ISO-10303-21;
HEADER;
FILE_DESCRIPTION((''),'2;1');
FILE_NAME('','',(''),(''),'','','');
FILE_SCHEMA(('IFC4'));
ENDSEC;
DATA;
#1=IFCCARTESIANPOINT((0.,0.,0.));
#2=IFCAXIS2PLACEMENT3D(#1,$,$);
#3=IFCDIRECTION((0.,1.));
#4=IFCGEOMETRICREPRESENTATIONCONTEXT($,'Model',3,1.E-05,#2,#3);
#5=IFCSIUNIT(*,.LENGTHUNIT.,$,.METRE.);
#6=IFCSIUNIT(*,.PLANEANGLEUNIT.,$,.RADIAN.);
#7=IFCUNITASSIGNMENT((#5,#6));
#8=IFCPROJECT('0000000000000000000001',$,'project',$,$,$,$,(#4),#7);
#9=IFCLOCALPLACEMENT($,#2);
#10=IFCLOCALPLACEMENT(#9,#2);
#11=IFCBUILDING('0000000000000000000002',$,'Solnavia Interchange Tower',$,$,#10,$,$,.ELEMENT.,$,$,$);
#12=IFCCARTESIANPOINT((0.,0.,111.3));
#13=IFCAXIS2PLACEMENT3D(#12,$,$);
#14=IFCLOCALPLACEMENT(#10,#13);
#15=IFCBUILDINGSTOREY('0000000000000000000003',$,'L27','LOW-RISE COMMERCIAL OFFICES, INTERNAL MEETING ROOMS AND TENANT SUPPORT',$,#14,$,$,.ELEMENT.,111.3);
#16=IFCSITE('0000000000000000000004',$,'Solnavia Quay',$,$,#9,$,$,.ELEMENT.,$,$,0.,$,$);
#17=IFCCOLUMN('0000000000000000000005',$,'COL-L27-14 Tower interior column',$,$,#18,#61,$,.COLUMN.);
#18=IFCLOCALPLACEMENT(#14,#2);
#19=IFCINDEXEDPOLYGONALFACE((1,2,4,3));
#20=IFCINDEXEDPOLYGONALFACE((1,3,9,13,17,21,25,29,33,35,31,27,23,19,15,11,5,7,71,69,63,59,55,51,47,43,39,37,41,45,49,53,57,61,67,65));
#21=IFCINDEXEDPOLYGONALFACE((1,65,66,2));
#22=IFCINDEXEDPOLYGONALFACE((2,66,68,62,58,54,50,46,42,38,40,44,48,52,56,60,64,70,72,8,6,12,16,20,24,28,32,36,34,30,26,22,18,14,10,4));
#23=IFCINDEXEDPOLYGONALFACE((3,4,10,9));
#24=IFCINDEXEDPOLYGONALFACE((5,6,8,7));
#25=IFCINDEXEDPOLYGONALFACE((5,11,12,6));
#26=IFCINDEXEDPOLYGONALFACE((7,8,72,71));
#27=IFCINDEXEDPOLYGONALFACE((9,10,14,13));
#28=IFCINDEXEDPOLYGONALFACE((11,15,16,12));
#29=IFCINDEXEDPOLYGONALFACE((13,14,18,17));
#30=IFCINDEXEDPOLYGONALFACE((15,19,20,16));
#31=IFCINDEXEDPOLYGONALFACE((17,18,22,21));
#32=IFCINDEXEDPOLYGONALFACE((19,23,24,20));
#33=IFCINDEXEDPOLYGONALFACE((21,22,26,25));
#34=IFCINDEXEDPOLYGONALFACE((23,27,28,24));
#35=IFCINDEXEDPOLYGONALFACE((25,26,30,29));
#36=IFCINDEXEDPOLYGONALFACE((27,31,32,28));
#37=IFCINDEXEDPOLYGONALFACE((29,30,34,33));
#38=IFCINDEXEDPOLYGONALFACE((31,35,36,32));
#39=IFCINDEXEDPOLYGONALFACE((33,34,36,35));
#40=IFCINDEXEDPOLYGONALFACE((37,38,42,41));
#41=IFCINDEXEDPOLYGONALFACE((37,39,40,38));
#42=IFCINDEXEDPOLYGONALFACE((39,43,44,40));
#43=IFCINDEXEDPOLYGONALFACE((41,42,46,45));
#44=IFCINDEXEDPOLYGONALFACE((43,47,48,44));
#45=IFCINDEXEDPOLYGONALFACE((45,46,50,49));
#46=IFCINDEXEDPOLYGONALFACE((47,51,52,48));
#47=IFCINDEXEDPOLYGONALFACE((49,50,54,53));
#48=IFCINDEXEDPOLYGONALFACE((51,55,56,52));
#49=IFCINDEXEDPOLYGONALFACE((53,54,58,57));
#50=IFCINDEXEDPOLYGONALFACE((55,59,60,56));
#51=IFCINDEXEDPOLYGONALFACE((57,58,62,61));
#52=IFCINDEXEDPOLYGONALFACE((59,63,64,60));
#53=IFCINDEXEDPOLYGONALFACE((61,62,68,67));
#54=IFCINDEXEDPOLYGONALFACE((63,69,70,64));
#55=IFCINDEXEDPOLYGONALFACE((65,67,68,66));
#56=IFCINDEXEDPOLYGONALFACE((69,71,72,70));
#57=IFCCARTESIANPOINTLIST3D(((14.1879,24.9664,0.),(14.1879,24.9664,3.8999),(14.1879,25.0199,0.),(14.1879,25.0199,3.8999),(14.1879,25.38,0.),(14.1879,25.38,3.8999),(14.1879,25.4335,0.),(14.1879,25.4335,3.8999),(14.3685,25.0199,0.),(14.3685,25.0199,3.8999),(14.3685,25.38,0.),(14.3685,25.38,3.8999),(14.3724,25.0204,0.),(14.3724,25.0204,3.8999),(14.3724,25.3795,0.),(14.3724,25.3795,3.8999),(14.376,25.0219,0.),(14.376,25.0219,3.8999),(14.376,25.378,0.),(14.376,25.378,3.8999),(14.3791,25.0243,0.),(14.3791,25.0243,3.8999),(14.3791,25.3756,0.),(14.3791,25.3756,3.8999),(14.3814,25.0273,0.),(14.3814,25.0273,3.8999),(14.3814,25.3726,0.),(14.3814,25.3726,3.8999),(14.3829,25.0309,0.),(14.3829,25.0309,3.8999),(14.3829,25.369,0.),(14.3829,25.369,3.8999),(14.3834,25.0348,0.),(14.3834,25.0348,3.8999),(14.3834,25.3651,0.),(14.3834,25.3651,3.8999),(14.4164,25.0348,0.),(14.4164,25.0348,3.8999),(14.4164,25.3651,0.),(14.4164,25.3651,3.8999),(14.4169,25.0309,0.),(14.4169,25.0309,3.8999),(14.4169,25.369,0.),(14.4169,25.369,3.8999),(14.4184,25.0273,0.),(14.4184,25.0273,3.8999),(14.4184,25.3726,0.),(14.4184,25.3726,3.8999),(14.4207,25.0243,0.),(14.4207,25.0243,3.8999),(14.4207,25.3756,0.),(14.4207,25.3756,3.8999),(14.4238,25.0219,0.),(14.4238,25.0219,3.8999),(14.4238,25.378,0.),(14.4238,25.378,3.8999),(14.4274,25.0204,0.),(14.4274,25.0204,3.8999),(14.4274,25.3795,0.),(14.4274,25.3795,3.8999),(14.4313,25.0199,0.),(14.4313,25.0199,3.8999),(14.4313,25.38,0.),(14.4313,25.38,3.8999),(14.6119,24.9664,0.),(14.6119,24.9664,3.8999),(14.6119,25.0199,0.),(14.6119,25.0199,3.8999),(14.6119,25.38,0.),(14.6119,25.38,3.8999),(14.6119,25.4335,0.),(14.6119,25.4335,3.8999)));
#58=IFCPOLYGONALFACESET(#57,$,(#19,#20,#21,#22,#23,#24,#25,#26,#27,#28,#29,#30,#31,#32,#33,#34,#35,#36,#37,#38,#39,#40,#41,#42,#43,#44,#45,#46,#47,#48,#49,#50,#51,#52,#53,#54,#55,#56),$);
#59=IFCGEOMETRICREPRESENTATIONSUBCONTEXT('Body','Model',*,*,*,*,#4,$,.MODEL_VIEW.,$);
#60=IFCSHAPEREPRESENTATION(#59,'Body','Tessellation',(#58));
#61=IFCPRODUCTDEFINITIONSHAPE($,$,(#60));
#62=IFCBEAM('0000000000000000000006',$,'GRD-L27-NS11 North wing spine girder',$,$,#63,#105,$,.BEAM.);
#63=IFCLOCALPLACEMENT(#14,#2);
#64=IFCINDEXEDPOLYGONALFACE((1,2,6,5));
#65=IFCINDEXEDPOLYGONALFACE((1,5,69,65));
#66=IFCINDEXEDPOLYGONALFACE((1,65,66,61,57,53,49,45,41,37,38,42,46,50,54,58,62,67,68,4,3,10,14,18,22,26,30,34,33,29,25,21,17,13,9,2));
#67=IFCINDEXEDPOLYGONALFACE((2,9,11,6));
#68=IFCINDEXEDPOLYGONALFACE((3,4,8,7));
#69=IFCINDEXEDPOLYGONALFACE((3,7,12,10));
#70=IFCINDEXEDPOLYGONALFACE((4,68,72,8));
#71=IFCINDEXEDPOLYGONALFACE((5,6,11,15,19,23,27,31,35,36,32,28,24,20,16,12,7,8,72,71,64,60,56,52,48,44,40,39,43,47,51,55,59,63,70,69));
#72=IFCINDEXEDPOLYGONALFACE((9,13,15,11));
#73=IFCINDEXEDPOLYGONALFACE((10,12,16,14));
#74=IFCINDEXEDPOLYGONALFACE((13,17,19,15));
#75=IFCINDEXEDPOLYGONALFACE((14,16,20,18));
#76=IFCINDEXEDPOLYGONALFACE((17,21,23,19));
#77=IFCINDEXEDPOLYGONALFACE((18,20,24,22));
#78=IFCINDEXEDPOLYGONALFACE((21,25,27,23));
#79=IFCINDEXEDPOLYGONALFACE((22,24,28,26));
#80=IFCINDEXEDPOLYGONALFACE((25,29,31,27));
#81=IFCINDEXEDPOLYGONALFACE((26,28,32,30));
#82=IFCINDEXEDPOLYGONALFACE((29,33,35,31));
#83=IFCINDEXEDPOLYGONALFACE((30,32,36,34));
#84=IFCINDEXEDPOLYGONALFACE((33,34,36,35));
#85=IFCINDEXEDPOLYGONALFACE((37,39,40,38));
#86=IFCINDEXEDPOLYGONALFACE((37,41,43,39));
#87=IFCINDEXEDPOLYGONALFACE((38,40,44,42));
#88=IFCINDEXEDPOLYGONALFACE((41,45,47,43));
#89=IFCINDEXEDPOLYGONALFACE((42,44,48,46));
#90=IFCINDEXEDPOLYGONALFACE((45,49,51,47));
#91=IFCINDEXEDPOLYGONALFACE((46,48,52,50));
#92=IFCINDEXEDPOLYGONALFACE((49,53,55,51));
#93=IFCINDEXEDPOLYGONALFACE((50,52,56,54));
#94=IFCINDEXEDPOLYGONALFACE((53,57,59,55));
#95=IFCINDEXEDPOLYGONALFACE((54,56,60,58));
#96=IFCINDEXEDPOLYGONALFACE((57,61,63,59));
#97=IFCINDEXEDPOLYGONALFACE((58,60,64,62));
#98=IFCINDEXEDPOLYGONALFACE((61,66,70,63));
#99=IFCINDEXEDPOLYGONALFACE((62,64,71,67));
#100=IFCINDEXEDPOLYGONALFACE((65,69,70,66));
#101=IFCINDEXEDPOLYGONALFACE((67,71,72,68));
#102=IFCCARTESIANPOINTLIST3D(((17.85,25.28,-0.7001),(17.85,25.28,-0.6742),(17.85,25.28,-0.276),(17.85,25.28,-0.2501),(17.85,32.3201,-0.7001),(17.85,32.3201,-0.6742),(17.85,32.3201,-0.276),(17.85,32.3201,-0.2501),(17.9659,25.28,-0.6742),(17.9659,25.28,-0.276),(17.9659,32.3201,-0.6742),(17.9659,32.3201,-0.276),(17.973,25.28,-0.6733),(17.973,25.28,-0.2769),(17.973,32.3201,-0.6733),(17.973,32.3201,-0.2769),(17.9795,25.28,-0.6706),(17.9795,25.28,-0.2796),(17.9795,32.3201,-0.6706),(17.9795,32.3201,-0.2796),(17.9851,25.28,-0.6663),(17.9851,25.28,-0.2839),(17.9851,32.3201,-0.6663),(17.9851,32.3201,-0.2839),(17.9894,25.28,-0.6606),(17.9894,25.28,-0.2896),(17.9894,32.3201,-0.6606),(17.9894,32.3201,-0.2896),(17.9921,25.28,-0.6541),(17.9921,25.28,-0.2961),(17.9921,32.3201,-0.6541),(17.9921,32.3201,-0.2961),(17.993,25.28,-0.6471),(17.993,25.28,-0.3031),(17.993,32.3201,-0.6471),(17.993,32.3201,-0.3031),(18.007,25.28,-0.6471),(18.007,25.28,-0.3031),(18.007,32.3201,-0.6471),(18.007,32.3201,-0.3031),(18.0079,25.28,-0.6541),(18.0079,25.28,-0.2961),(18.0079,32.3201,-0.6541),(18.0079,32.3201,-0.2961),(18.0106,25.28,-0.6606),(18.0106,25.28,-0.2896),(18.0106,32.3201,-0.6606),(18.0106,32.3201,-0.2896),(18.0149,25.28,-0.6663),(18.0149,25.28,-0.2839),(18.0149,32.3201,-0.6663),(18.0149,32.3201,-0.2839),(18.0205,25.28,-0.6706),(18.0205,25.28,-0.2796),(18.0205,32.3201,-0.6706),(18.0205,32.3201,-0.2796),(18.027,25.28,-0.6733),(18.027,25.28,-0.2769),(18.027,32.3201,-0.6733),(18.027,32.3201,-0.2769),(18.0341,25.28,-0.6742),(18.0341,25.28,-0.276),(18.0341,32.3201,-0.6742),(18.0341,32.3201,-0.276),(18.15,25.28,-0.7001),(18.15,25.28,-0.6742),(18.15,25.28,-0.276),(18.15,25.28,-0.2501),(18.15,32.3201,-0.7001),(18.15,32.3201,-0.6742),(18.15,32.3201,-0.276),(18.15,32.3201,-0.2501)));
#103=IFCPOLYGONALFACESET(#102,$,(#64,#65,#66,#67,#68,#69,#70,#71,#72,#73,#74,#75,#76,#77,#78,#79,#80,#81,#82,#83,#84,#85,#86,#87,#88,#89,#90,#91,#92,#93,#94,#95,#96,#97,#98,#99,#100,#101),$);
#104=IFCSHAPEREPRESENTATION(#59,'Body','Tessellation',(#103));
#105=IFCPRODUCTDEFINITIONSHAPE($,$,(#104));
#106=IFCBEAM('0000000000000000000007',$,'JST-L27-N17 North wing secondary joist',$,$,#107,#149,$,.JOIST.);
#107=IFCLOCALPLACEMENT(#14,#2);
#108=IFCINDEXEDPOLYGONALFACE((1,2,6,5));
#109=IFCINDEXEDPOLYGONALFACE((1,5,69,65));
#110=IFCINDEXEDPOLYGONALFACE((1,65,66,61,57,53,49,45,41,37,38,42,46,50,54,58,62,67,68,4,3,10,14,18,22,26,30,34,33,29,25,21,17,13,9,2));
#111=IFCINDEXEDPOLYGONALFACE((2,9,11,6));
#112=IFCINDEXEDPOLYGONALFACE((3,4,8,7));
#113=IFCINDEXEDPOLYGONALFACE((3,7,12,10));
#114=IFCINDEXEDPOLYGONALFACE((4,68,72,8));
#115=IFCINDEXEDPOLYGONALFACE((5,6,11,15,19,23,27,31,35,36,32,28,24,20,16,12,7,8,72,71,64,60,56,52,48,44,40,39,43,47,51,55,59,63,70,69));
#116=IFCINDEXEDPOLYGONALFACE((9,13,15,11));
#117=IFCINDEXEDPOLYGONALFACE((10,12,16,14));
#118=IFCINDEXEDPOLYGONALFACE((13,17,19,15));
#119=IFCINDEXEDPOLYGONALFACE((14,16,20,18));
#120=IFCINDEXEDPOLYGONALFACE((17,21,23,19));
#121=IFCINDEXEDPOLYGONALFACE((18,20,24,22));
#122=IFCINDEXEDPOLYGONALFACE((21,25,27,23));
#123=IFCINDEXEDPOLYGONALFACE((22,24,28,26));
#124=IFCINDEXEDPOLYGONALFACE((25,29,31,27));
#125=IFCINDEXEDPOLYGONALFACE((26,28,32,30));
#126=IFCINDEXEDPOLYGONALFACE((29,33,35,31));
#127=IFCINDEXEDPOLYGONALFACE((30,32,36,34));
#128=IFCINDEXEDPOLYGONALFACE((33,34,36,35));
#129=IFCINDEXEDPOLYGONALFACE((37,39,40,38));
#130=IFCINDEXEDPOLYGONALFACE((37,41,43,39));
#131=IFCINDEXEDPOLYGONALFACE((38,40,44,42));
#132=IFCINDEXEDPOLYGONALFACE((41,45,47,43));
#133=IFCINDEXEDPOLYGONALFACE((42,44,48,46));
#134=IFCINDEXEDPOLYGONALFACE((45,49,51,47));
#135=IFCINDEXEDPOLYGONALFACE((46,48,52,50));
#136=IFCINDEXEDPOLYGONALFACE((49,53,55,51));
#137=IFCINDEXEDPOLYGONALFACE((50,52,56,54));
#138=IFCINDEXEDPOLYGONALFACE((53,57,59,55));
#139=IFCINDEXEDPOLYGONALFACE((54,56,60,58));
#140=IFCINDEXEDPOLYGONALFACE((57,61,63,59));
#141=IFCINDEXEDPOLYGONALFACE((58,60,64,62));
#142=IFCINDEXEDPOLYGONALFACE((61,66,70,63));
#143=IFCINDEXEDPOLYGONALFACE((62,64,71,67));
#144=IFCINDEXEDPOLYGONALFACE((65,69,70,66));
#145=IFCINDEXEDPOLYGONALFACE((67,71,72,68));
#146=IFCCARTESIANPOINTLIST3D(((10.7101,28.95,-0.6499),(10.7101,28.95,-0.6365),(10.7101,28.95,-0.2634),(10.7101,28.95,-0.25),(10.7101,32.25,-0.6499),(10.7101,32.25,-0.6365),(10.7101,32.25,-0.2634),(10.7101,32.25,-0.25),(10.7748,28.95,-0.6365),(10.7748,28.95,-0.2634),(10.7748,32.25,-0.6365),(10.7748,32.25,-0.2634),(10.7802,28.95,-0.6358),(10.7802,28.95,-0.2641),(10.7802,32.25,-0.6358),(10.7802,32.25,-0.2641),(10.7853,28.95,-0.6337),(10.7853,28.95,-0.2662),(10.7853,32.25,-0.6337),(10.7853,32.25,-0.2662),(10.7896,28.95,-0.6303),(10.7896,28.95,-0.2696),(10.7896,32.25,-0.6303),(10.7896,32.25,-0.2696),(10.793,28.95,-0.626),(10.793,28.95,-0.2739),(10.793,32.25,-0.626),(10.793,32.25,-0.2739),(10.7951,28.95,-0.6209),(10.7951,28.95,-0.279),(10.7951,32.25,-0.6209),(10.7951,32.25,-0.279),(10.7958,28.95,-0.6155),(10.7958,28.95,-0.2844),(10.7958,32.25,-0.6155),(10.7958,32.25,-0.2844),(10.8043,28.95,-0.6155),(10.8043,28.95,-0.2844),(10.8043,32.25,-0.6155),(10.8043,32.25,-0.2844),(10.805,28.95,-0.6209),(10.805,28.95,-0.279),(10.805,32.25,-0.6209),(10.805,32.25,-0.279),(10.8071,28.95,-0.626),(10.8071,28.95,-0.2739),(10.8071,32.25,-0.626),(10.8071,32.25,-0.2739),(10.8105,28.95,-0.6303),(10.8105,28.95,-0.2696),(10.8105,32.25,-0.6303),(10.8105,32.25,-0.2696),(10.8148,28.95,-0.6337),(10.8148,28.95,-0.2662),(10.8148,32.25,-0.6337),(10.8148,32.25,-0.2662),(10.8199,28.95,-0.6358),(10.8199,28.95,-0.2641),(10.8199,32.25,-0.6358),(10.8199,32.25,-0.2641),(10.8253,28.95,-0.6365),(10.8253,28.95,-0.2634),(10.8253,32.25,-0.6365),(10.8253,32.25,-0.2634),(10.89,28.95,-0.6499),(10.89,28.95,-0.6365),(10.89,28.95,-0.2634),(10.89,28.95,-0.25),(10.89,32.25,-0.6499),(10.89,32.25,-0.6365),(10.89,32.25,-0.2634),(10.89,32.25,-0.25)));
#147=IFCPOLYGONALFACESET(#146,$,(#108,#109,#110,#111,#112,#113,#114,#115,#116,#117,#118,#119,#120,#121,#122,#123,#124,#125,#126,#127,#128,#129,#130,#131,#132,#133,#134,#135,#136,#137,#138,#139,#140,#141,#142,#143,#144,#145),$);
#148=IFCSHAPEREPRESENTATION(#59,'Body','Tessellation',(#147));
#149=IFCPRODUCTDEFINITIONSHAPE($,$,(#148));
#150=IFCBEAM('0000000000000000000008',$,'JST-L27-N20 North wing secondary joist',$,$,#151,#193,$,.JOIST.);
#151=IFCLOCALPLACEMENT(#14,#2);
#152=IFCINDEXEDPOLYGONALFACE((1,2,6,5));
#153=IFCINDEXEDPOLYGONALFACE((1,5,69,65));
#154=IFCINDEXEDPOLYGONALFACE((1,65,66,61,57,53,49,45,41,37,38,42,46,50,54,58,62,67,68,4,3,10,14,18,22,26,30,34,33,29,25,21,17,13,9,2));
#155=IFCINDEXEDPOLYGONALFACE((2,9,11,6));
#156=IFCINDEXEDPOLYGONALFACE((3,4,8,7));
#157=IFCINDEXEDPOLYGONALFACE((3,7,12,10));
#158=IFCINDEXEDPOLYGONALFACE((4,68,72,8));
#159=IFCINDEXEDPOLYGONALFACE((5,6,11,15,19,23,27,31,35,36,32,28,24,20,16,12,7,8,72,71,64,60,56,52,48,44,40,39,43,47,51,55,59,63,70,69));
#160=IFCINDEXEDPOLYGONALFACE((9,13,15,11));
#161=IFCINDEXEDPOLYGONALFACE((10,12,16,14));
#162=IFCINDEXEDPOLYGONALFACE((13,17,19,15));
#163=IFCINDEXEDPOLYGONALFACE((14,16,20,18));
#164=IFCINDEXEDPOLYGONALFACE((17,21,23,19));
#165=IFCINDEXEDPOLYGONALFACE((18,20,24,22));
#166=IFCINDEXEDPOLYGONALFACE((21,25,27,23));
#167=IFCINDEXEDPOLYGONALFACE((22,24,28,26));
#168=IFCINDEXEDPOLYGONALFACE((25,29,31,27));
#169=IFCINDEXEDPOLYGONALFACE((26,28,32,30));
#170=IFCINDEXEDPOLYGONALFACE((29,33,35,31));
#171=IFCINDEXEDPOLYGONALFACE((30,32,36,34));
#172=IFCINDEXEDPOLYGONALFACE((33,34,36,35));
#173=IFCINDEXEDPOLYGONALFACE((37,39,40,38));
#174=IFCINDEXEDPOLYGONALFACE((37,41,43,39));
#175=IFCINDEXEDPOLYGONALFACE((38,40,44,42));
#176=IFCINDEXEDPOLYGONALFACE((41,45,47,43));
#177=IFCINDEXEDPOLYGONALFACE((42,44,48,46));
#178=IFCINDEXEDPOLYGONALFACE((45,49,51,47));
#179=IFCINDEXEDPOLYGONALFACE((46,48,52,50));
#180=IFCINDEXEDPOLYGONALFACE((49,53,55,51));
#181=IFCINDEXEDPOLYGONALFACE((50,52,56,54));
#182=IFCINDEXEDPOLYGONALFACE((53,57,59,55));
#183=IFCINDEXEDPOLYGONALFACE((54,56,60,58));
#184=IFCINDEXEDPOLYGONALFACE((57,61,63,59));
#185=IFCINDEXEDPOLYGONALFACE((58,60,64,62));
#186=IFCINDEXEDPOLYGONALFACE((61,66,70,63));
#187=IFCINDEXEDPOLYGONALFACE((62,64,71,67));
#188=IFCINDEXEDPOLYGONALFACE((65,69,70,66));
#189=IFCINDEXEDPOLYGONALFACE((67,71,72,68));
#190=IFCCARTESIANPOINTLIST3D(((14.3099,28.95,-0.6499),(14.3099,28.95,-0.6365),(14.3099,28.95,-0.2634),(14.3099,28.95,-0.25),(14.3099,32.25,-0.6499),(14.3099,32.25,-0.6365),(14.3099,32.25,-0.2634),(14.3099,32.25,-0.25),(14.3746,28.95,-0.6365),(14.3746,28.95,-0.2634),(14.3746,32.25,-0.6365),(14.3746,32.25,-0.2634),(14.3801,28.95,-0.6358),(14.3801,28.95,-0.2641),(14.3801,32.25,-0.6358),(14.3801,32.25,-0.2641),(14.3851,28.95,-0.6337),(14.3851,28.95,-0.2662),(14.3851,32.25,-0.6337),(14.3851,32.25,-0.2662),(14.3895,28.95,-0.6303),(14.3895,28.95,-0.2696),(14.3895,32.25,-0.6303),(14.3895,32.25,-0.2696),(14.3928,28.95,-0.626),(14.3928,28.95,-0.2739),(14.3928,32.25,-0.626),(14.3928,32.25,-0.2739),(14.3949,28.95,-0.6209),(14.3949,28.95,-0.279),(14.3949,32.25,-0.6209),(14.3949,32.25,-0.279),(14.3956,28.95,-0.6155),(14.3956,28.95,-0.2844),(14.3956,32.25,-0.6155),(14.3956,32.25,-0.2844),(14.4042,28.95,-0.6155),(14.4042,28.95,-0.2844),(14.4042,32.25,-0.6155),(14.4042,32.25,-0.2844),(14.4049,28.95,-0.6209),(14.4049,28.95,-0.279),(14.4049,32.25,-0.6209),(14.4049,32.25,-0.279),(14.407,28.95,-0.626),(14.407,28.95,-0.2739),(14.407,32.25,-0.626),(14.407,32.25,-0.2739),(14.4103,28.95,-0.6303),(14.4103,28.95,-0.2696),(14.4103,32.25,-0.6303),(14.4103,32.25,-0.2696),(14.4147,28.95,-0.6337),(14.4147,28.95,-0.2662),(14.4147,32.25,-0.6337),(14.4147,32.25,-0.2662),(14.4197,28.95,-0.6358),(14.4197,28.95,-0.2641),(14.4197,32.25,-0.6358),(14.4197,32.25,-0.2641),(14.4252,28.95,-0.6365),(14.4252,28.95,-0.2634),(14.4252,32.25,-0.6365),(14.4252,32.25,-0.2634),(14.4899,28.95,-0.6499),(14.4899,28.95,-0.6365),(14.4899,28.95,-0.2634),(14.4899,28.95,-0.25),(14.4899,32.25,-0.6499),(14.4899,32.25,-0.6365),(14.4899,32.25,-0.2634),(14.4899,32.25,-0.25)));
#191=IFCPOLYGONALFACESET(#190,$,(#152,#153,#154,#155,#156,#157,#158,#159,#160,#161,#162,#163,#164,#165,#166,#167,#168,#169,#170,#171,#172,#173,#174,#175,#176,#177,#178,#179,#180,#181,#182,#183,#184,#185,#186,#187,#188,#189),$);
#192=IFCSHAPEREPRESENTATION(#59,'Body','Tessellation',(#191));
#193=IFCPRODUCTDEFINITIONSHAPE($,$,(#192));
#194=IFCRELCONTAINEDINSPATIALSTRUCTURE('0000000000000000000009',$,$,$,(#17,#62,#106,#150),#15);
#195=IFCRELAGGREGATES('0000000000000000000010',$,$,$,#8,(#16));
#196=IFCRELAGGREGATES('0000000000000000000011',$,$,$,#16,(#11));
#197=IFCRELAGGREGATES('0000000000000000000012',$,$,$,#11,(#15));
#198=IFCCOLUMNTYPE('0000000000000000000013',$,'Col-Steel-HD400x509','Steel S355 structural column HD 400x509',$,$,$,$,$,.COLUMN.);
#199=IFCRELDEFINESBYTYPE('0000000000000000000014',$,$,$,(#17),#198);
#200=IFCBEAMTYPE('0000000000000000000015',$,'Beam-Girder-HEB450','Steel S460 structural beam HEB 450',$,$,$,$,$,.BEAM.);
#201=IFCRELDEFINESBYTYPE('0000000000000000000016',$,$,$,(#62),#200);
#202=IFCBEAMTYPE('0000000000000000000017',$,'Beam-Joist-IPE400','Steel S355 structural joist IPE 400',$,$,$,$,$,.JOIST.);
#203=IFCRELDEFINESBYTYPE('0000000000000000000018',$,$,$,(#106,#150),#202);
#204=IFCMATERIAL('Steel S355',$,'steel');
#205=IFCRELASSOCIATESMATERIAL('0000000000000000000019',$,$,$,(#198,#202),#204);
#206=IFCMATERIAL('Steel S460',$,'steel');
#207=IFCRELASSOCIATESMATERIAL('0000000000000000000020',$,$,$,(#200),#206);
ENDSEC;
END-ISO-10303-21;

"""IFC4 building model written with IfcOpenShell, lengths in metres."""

from ifc_helpers import new_model, si_unit, direction, frame, origin, origin_2d, place, context, subcontext, project, spatial, i_section, extrude, material, material_profile, profile_set, type_object, element, save


model = new_model("IFC4")

# Units and contexts
model_context = context("Model", 3, precision=1e-05, world=origin(), true_north=direction((0.0, 1.0)))
body_context = subcontext(model_context, "Body", "Model", "MODEL_VIEW")
ifc_project = project(units=[si_unit("LENGTHUNIT", "METRE"), si_unit("PLANEANGLEUNIT", "RADIAN")], contexts=[model_context])

# Site, building, storey
site_placement = place(None, origin())
site = spatial("IfcSite", under=ifc_project, at=site_placement, Name="Solnavia Quay", CompositionType="ELEMENT", RefElevation=0.0)
building_placement = place(site_placement, origin())
building = spatial("IfcBuilding", under=site, at=building_placement, Name="Solnavia Interchange Tower", CompositionType="ELEMENT")
storey_placement = place(building_placement, frame((0.0, 0.0, 111.3)))
storey = spatial("IfcBuildingStorey", under=building, at=storey_placement, Name="L27", Description="LOW-RISE COMMERCIAL OFFICES, INTERNAL MEETING ROOMS AND TENANT SUPPORT", CompositionType="ELEMENT", Elevation=111.3)

# Column
ifc_material_1 = material(Name="Steel S355", Category="steel")
ifc_material_profile_1 = material_profile(ifc_material_1, i_section(OverallWidth=0.4241, OverallDepth=0.467, WebThickness=0.033, FlangeThickness=0.0535, FilletRadius=0.0149, at=origin_2d()), Name="HD 400x509")
ifc_profile_set_1 = profile_set([ifc_material_profile_1], Name="Steel S355")
column_type = type_object("IfcColumnType", Name="Col-Steel-HD400x509", Description="Steel S355 structural column HD 400x509", PredefinedType="COLUMN", material=ifc_profile_set_1)
column_placement = place(storey_placement, frame((14.3999, 25.2, 0.0), z_axis=(0.0, 0.0, 1.0), x_axis=(1.0, 0.0, 0.0)))
element("IfcColumn", 1, at=column_placement, inside=storey, type_object=column_type, Name="COL-L27-14 Tower interior column", PredefinedType="COLUMN", context=body_context, shape_type="SweptSolid", body=[
    extrude(i_section(OverallWidth=0.4241, OverallDepth=0.467, WebThickness=0.033, FlangeThickness=0.0535, FilletRadius=0.0149, at=origin_2d()), origin(), (0.0, 0.0, 1.0), 3.8999),
])

# Beams
ifc_material_2 = material(Name="Steel S460", Category="steel")
ifc_material_profile_2 = material_profile(ifc_material_2, i_section(OverallWidth=0.3, OverallDepth=0.45, WebThickness=0.0139, FlangeThickness=0.0259, FilletRadius=0.0271, at=origin_2d()), Name="HEB 450")
ifc_profile_set_2 = profile_set([ifc_material_profile_2], Name="Steel S460")
beam_type_1 = type_object("IfcBeamType", Name="Beam-Girder-HEB450", Description="Steel S460 structural beam HEB 450", PredefinedType="BEAM", material=ifc_profile_set_2)
beam_placement = place(storey_placement, frame((18.0, 25.28, -0.4751), z_axis=(0.0, 1.0, 0.0), x_axis=(-1.0, 0.0, 0.0)))
element("IfcBeam", 2, at=beam_placement, inside=storey, type_object=beam_type_1, Name="GRD-L27-NS11 North wing spine girder", PredefinedType="BEAM", context=body_context, shape_type="SweptSolid", body=[
    extrude(i_section(OverallWidth=0.3, OverallDepth=0.45, WebThickness=0.0139, FlangeThickness=0.0259, FilletRadius=0.0271, at=origin_2d()), origin(), (0.0, 0.0, 1.0), 7.04),
])
ifc_material_profile_3 = material_profile(ifc_material_1, i_section(OverallWidth=0.1799, OverallDepth=0.3999, WebThickness=0.0085, FlangeThickness=0.0134, FilletRadius=0.021, at=origin_2d()), Name="IPE 400")
ifc_profile_set_3 = profile_set([ifc_material_profile_3], Name="Steel S355")
beam_type_2 = type_object("IfcBeamType", Name="Beam-Joist-IPE400", Description="Steel S355 structural joist IPE 400", PredefinedType="JOIST", material=ifc_profile_set_3)
for number, where, z_axis, x_axis, name in (
    (3, (10.8, 28.95, -0.45), (0.0, 1.0, 0.0), (-1.0, 0.0, 0.0), "JST-L27-N17 North wing secondary joist"),
    (4, (14.3999, 28.95, -0.45), (0.0, 1.0, 0.0), (-1.0, 0.0, 0.0), "JST-L27-N20 North wing secondary joist"),
):
    element("IfcBeam", number, at=place(storey_placement, frame(where, z_axis=z_axis, x_axis=x_axis)), inside=storey, type_object=beam_type_2, Name=name, PredefinedType="JOIST", context=body_context, shape_type="SweptSolid", body=[
        extrude(i_section(OverallWidth=0.1799, OverallDepth=0.3999, WebThickness=0.0085, FlangeThickness=0.0134, FilletRadius=0.021, at=origin_2d()), origin(), (0.0, 0.0, 1.0), 3.3),
    ])

save(model, "model.ifc")
